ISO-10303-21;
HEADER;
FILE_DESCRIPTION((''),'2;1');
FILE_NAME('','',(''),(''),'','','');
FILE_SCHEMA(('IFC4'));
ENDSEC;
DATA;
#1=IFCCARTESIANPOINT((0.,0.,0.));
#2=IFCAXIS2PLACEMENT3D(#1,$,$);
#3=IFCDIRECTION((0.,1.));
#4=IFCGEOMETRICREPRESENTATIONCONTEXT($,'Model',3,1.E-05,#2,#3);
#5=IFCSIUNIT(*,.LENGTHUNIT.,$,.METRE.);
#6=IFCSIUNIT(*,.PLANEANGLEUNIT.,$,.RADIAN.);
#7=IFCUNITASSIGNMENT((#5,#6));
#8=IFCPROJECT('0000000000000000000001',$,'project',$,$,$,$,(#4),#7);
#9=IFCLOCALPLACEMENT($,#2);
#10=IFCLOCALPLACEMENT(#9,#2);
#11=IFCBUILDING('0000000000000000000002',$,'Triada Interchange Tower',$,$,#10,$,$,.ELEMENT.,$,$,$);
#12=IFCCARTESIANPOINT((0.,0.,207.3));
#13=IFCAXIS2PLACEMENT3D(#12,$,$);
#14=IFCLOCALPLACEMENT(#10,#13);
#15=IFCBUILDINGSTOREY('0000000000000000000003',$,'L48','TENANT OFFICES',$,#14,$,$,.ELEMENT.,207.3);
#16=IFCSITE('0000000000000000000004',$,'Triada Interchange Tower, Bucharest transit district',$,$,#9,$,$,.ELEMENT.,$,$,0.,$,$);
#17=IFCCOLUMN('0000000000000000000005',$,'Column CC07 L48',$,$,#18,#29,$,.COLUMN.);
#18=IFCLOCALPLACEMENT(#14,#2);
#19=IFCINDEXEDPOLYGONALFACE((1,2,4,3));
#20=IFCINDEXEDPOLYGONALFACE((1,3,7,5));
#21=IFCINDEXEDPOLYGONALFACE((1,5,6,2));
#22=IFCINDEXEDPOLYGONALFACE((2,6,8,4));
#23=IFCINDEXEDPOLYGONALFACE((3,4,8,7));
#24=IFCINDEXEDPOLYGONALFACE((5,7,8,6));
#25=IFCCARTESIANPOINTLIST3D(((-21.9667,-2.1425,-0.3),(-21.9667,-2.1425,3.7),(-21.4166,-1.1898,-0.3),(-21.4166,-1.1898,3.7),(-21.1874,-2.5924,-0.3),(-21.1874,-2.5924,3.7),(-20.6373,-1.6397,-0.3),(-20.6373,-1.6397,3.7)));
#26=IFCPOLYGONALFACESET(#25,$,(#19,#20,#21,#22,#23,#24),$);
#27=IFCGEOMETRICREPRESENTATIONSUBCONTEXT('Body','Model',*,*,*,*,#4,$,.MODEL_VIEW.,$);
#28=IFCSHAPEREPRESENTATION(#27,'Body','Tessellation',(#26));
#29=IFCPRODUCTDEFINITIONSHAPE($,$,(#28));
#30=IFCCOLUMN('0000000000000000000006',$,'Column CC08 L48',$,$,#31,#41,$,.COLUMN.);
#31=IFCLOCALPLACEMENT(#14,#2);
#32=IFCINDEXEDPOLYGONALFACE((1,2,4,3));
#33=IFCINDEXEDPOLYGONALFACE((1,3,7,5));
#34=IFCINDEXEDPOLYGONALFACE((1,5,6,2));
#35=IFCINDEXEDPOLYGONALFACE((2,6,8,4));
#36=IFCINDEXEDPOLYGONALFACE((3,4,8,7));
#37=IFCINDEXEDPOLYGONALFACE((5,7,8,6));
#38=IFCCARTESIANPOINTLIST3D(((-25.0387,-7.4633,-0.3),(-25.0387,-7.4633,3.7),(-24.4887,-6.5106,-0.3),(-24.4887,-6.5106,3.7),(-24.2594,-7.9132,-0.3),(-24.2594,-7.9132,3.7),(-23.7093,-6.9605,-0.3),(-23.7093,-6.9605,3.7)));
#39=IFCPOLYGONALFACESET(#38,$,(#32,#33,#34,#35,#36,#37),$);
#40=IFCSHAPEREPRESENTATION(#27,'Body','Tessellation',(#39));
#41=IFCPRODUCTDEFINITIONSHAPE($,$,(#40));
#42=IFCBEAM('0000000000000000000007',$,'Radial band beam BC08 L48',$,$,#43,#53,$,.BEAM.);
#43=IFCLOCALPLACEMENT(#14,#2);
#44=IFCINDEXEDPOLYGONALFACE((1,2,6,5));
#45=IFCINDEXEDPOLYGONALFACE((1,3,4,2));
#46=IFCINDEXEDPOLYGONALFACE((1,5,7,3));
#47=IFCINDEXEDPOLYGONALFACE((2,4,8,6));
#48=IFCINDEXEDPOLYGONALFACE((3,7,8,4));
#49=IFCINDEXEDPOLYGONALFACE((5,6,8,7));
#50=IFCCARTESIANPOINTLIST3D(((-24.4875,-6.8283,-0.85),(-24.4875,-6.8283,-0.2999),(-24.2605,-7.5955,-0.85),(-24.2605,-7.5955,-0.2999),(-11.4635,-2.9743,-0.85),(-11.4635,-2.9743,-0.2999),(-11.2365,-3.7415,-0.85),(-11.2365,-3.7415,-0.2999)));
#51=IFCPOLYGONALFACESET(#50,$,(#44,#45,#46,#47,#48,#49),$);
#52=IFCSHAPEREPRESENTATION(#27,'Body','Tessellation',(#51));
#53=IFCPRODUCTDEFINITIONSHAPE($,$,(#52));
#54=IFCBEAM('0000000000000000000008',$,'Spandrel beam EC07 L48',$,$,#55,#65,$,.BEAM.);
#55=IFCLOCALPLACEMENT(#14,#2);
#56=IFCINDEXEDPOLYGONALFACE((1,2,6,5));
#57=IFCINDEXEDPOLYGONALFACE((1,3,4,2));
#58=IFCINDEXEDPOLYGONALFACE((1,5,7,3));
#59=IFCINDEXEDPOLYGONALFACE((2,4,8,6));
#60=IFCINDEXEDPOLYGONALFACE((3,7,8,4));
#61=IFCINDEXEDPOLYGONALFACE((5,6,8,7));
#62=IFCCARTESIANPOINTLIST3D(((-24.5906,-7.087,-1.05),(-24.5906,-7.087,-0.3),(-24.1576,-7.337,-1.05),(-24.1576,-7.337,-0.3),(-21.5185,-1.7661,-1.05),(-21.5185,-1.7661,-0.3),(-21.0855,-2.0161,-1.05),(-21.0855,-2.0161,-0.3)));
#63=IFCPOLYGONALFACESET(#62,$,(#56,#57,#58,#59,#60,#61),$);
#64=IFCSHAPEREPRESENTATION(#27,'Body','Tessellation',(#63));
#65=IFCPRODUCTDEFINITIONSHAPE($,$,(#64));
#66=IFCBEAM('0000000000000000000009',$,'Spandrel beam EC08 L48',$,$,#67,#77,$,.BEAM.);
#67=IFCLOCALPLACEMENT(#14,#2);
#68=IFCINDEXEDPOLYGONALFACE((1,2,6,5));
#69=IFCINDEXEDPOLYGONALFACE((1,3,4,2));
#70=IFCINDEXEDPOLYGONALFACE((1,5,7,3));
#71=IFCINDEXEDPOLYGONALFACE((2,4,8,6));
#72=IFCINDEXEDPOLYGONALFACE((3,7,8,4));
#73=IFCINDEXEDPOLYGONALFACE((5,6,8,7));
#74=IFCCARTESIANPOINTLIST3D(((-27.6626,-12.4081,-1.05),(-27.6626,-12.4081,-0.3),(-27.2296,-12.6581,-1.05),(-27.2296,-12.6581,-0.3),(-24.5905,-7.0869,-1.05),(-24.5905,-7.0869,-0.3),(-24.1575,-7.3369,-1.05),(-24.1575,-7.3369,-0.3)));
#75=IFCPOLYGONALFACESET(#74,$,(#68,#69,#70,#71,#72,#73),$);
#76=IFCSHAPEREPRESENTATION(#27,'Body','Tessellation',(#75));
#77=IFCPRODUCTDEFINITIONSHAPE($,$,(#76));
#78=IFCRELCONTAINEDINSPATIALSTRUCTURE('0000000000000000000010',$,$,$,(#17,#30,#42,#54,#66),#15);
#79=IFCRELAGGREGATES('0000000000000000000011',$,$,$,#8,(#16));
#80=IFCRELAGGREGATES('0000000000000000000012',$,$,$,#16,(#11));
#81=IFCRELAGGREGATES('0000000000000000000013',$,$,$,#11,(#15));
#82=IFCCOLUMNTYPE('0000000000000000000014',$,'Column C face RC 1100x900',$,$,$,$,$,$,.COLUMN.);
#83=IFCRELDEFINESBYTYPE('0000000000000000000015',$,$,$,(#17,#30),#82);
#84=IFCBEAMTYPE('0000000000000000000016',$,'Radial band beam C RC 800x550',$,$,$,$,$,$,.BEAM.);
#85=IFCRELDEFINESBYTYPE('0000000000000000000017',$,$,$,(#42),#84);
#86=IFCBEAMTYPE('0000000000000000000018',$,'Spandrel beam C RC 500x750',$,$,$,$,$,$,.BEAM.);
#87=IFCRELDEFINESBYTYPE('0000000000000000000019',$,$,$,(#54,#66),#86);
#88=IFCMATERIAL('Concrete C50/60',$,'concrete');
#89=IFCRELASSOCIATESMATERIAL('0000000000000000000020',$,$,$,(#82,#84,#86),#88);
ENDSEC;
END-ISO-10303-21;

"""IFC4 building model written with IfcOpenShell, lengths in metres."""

from ifc_helpers import new_model, si_unit, direction, frame, origin, origin_2d, place, context, subcontext, project, spatial, rectangle, extrude, material, material_profile, profile_set, type_object, element, save


model = new_model("IFC4")

# Units and contexts
model_context = context("Model", 3, precision=1e-05, world=origin(), true_north=direction((0.0, 1.0)))
body_context = subcontext(model_context, "Body", "Model", "MODEL_VIEW")
ifc_project = project(units=[si_unit("LENGTHUNIT", "METRE"), si_unit("PLANEANGLEUNIT", "RADIAN")], contexts=[model_context])

# Site, building, storey
site_placement = place(None, origin())
site = spatial("IfcSite", under=ifc_project, at=site_placement, Name="Triada Interchange Tower, Bucharest transit district", CompositionType="ELEMENT", RefElevation=0.0)
building_placement = place(site_placement, origin())
building = spatial("IfcBuilding", under=site, at=building_placement, Name="Triada Interchange Tower", CompositionType="ELEMENT")
storey_placement = place(building_placement, frame((0.0, 0.0, 207.3)))
storey = spatial("IfcBuildingStorey", under=building, at=storey_placement, Name="L48", Description="TENANT OFFICES", CompositionType="ELEMENT", Elevation=207.3)

# Columns
ifc_material_1 = material(Name="Concrete C50/60", Category="concrete")
ifc_material_profile_1 = material_profile(ifc_material_1, rectangle(XDim=1.1001, YDim=0.8999, at=origin_2d()), Name="RC 1100x900")
ifc_profile_set_1 = profile_set([ifc_material_profile_1], Name="Concrete C50/60")
column_type = type_object("IfcColumnType", Name="Column C face RC 1100x900", PredefinedType="COLUMN", material=ifc_profile_set_1)
for number, where, z_axis, x_axis, name in (
    (1, (-21.302, -1.8911, -0.3), (0.0, 0.0, 1.0), (0.5, 0.866025, 0.0), "Column CC07 L48"),
    (2, (-24.374, -7.2119, -0.3), (0.0, 0.0, 1.0), (0.5, 0.866025, 0.0), "Column CC08 L48"),
):
    element("IfcColumn", number, at=place(storey_placement, frame(where, z_axis=z_axis, x_axis=x_axis)), inside=storey, type_object=column_type, Name=name, PredefinedType="COLUMN", context=body_context, shape_type="SweptSolid", body=[
        extrude(rectangle(XDim=1.1001, YDim=0.8999, at=origin_2d()), origin(), (0.0, 0.0, 1.0), 4.0),
    ])

# Beams
ifc_material_profile_2 = material_profile(ifc_material_1, rectangle(XDim=0.8, YDim=0.55, at=origin_2d()), Name="RC 800x550")
ifc_profile_set_2 = profile_set([ifc_material_profile_2], Name="Concrete C50/60")
beam_type_1 = type_object("IfcBeamType", Name="Radial band beam C RC 800x550", PredefinedType="BEAM", material=ifc_profile_set_2)
beam_1_placement = place(storey_placement, frame((-24.374, -7.2119, -0.575), z_axis=(0.958897, 0.283754, 0.0), x_axis=(-0.283754, 0.958897, 0.0)))
element("IfcBeam", 3, at=beam_1_placement, inside=storey, type_object=beam_type_1, Name="Radial band beam BC08 L48", PredefinedType="BEAM", context=body_context, shape_type="SweptSolid", body=[
    extrude(rectangle(XDim=0.8, YDim=0.55, at=origin_2d()), origin(), (0.0, 0.0, 1.0), 13.5823),
])
ifc_material_profile_3 = material_profile(ifc_material_1, rectangle(XDim=0.5, YDim=0.75, at=origin_2d()), Name="RC 500x750")
ifc_profile_set_3 = profile_set([ifc_material_profile_3], Name="Concrete C50/60")
beam_type_2 = type_object("IfcBeamType", Name="Spandrel beam C RC 500x750", PredefinedType="BEAM", material=ifc_profile_set_3)
beam_2_placement = place(storey_placement, frame((-21.302, -1.8911, -0.675), z_axis=(-0.500007, -0.866021, 0.0), x_axis=(0.866021, -0.500007, 0.0)))
element("IfcBeam", 4, at=beam_2_placement, inside=storey, type_object=beam_type_2, Name="Spandrel beam EC07 L48", PredefinedType="BEAM", context=body_context, shape_type="SweptSolid", body=[
    extrude(rectangle(XDim=0.5, YDim=0.75, at=origin_2d()), origin(), (0.0, 0.0, 1.0), 6.144),
])
beam_3_placement = place(storey_placement, frame((-24.374, -7.2119, -0.675), z_axis=(-0.49999, -0.866031, 0.0), x_axis=(0.866031, -0.49999, 0.0)))
element("IfcBeam", 5, at=beam_3_placement, inside=storey, type_object=beam_type_2, Name="Spandrel beam EC08 L48", PredefinedType="BEAM", context=body_context, shape_type="SweptSolid", body=[
    extrude(rectangle(XDim=0.5, YDim=0.75, at=origin_2d()), origin(), (0.0, 0.0, 1.0), 6.1443),
])

save(model, "model.ifc")
